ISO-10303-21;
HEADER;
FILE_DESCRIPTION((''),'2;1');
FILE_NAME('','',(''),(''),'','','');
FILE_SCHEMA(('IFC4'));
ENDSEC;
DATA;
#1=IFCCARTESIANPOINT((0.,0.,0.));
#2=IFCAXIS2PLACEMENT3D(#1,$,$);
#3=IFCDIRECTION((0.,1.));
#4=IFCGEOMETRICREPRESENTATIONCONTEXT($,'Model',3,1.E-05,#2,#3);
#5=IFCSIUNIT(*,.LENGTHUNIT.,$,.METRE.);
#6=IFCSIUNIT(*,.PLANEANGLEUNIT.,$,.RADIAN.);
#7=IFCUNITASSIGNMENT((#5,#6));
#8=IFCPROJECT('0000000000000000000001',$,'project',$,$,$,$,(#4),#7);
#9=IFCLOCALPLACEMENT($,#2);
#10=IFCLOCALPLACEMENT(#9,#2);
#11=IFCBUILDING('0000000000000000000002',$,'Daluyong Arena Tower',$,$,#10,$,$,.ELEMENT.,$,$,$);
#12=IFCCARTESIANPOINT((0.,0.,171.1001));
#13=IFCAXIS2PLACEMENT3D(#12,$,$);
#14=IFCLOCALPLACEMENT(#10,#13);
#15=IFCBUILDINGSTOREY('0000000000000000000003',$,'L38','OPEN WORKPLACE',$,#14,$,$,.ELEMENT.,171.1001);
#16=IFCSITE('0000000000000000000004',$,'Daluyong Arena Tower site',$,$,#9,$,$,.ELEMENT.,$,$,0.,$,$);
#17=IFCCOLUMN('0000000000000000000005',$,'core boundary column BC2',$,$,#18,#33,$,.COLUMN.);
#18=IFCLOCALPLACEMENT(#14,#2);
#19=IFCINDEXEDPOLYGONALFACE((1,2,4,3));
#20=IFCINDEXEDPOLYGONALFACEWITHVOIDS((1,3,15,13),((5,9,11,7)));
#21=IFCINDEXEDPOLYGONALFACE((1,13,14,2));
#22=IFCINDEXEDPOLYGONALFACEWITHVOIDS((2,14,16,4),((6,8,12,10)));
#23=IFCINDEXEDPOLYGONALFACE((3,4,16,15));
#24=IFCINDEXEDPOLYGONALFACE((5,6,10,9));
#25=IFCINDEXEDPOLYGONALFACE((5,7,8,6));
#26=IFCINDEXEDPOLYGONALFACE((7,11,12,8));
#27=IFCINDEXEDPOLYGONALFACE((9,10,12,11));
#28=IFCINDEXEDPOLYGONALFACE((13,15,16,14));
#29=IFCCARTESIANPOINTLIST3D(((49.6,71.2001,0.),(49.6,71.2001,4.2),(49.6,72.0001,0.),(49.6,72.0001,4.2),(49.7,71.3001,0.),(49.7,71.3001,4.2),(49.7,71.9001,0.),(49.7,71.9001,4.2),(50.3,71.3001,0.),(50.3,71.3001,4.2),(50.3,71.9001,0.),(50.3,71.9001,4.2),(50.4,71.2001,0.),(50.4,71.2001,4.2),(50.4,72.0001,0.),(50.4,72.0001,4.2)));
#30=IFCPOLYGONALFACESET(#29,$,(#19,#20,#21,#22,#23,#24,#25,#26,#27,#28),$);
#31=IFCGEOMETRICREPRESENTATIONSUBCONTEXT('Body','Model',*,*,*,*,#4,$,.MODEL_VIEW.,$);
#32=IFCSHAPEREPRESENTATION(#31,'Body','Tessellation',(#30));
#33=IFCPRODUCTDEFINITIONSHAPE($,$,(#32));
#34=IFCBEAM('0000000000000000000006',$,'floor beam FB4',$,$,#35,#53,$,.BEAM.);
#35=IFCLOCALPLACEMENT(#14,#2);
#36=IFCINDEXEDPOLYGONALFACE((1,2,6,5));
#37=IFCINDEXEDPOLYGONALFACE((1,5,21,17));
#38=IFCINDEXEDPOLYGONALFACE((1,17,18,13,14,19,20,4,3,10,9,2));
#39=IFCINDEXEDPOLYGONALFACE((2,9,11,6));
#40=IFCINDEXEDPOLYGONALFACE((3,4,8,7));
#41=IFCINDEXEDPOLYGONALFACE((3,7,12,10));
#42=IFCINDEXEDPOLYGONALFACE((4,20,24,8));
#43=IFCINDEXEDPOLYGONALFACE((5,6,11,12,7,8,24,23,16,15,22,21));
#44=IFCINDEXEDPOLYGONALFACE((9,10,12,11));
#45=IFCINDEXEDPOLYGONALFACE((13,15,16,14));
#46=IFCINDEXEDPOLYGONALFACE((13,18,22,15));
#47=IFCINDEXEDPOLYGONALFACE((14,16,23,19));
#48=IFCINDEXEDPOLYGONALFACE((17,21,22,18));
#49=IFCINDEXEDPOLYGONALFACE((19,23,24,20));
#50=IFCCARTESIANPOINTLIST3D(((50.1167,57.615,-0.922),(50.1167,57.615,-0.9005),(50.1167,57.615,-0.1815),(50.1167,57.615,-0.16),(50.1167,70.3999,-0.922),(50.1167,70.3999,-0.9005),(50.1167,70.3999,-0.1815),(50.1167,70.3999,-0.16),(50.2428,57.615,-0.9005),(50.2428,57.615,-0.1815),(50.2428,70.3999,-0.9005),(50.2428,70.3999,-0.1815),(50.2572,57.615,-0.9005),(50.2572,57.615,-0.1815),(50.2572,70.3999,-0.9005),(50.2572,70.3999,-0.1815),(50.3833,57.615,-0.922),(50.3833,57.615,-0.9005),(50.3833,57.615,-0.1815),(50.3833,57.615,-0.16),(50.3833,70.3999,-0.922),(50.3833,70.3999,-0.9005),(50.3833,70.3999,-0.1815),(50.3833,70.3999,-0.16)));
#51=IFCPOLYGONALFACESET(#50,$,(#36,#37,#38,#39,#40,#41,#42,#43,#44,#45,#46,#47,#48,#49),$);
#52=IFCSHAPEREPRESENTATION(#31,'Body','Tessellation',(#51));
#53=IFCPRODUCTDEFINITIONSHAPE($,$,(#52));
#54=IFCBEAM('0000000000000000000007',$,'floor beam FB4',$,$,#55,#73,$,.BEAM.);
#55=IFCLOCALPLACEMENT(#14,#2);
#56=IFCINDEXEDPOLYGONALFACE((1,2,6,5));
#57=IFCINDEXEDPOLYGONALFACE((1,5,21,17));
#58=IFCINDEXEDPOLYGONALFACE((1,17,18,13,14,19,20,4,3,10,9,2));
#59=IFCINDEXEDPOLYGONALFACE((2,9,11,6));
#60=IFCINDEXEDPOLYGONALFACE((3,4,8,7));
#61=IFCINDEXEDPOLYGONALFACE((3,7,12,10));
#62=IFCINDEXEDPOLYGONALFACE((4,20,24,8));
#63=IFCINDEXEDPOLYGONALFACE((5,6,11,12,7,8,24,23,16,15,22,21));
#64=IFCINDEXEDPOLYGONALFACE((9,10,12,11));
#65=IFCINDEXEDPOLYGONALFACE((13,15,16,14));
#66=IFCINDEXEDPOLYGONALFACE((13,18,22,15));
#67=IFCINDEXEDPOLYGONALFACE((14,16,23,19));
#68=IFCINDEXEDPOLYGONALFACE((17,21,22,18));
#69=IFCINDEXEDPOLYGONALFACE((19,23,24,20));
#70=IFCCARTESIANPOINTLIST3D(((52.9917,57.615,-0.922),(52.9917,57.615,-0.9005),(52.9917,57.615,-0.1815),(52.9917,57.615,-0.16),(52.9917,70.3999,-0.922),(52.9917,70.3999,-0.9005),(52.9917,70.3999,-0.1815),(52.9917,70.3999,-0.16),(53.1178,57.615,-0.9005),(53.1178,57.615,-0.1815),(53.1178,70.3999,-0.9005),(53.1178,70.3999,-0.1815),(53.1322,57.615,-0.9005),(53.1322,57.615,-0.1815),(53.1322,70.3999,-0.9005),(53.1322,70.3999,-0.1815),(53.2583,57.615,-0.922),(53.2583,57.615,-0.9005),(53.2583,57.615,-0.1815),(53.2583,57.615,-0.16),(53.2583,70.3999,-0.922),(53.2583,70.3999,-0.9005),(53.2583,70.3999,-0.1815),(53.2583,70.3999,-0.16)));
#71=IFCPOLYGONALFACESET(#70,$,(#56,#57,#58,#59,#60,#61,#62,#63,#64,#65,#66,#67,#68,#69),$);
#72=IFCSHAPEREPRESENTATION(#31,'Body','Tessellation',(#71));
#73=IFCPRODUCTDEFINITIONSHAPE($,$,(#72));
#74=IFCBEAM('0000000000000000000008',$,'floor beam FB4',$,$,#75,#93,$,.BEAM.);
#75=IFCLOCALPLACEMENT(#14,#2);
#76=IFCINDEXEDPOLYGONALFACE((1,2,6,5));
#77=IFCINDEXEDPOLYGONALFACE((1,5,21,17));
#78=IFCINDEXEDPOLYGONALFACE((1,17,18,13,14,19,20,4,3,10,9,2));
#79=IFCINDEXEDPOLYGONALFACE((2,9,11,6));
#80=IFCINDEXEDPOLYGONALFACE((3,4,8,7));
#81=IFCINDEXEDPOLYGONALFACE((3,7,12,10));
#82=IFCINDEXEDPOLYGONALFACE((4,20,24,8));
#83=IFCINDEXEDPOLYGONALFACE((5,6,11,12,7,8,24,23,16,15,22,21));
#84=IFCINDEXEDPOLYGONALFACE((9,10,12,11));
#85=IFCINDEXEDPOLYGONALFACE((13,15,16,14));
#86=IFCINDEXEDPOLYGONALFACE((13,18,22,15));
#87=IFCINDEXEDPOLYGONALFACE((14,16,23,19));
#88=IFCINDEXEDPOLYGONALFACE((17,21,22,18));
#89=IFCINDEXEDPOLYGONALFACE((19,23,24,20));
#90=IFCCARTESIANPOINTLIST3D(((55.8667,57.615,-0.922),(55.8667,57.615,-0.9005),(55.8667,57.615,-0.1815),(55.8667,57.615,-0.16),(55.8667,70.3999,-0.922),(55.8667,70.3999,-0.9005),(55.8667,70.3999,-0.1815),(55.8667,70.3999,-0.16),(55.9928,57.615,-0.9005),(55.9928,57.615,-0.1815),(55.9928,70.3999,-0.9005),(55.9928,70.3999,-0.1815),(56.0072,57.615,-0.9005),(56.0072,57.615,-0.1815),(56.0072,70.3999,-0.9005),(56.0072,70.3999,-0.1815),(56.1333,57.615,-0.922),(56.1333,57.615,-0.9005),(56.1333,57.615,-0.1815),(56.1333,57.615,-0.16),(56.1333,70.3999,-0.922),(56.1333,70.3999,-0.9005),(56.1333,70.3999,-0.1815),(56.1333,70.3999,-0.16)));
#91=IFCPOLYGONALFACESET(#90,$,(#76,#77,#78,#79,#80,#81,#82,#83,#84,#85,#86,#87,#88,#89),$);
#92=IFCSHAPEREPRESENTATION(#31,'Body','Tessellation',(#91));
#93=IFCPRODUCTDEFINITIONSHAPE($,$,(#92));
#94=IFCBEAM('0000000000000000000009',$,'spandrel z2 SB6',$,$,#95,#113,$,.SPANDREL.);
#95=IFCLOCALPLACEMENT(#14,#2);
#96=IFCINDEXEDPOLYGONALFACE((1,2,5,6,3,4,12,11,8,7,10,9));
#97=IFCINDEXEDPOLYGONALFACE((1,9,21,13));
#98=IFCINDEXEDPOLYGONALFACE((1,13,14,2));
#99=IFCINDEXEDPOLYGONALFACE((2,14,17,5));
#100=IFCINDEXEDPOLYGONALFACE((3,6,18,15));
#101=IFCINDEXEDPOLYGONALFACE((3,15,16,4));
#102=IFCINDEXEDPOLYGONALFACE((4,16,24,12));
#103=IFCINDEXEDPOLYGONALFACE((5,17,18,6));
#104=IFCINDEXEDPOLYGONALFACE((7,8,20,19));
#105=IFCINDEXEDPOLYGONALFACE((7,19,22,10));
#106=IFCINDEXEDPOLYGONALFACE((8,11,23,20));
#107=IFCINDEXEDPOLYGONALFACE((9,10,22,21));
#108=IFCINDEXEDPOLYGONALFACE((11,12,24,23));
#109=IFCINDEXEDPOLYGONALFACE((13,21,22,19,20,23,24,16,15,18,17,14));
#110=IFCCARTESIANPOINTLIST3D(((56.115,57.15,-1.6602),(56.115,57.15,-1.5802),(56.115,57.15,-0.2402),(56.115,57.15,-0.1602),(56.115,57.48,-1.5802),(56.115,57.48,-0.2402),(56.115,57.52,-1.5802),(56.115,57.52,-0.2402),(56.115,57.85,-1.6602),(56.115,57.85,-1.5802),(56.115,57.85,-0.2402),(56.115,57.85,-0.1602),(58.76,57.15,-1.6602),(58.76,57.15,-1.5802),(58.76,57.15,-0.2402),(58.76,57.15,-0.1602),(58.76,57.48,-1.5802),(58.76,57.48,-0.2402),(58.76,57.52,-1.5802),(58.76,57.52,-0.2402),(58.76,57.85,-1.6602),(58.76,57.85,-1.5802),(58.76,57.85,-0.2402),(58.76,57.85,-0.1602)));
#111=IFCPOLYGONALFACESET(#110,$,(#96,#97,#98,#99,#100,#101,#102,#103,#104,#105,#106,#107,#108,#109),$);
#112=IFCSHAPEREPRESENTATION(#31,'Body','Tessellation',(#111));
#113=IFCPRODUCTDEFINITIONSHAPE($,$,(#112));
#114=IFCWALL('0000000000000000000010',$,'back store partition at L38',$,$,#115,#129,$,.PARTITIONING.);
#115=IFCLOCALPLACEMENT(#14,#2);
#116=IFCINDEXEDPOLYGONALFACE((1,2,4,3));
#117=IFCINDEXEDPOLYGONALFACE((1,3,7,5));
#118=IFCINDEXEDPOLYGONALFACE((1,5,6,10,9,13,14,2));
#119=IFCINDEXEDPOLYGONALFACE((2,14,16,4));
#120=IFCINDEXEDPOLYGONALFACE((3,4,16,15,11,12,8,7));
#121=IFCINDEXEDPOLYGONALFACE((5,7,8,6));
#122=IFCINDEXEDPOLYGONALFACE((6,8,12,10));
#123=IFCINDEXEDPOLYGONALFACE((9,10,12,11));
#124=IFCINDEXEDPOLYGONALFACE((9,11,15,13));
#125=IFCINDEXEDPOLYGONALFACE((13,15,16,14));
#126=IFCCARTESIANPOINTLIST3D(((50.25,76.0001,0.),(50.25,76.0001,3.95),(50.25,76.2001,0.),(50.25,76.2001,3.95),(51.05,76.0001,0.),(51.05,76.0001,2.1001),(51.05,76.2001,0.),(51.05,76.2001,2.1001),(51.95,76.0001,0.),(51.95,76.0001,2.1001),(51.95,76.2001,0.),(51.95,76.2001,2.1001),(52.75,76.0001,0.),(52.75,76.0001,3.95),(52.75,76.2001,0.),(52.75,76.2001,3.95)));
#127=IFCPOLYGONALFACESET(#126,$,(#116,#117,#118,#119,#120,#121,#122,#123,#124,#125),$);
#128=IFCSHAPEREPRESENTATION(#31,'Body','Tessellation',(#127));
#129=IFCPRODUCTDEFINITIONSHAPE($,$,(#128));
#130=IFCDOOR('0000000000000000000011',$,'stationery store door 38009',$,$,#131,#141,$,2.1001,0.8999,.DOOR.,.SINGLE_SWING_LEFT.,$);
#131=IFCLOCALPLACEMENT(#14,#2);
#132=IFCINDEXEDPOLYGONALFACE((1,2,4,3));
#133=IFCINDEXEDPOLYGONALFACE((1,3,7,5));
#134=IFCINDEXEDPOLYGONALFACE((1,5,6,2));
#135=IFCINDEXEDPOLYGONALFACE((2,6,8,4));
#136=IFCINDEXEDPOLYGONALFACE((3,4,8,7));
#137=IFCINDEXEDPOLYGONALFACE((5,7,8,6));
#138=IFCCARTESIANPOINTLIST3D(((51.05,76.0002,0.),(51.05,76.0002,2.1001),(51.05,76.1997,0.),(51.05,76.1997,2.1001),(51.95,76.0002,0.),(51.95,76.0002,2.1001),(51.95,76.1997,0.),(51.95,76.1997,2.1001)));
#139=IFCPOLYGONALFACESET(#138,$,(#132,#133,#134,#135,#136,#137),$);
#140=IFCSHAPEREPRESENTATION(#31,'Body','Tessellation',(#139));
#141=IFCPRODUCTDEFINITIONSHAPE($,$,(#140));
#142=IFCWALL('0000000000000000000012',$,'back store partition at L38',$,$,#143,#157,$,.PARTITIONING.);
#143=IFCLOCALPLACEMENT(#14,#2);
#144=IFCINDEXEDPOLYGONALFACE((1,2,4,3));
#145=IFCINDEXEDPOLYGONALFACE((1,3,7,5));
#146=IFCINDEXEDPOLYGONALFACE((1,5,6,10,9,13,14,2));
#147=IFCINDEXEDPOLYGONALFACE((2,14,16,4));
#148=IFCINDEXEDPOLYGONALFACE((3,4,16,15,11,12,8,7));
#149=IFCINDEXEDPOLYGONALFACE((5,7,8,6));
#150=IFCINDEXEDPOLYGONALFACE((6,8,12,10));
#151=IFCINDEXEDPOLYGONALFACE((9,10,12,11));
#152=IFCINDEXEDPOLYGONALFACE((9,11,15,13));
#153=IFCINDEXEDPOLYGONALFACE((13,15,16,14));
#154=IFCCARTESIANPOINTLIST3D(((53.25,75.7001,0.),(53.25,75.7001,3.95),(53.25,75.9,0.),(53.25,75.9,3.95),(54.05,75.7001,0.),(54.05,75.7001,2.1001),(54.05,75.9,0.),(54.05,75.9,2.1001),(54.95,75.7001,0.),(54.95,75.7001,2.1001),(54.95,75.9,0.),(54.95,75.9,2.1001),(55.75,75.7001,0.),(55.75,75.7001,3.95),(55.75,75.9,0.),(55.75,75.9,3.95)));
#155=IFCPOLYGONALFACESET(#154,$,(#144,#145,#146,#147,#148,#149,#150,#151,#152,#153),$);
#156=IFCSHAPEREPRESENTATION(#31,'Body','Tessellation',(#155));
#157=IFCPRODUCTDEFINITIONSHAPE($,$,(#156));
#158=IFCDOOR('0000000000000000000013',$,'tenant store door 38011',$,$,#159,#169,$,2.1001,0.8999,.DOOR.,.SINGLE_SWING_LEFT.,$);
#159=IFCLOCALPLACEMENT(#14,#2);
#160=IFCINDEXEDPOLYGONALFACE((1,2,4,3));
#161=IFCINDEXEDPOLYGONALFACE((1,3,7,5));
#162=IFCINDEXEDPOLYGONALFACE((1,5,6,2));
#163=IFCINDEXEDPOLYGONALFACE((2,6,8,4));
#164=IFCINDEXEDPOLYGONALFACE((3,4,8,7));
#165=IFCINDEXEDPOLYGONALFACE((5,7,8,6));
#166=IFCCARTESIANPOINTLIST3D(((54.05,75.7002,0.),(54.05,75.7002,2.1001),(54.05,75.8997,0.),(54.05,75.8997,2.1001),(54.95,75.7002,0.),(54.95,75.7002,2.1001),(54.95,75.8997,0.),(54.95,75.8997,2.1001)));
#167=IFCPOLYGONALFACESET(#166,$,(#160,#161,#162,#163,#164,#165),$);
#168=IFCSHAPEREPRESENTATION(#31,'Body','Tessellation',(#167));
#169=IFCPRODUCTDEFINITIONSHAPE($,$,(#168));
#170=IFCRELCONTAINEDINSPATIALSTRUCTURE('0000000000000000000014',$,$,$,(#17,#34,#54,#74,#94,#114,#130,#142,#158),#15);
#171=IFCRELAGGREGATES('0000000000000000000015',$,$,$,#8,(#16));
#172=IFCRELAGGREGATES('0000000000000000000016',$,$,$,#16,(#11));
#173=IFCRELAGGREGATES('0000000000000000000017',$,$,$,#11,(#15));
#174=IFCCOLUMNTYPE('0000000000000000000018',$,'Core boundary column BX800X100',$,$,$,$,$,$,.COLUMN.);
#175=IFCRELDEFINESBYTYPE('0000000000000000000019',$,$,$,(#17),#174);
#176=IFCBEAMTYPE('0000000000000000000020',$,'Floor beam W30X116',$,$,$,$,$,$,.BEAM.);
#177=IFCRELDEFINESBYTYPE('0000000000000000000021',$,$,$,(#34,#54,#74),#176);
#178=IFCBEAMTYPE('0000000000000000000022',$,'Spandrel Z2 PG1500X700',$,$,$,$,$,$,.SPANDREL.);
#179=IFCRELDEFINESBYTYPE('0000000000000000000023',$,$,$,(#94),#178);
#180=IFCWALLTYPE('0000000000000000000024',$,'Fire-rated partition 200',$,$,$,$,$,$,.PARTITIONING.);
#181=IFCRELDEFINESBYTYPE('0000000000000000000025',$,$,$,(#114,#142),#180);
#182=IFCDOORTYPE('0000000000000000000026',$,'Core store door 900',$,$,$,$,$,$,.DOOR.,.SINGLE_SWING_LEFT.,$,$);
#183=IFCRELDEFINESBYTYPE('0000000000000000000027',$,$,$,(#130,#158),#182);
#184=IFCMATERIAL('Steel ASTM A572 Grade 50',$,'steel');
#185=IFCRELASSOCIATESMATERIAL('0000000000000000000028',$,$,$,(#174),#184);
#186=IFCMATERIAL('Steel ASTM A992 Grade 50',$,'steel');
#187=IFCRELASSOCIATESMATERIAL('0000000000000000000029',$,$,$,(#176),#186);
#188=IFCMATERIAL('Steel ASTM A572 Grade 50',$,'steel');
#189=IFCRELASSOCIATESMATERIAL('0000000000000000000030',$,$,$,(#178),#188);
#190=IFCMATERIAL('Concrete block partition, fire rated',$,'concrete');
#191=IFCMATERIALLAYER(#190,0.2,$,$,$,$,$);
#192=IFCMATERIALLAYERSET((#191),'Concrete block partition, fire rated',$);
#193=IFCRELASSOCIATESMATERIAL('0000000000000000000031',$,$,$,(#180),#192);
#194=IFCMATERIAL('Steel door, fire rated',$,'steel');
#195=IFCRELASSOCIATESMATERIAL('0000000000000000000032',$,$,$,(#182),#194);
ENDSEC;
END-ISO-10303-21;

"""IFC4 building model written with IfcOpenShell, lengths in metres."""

from ifc_helpers import new_model, si_unit, direction, frame, frame_2d, origin, origin_2d, place, context, subcontext, project, spatial, rectangle, hollow_rectangle, i_section, extrude, material, layer, layer_set, material_profile, profile_set, type_object, element, fill, save


model = new_model("IFC4")

# Units and contexts
model_context = context("Model", 3, precision=1e-05, world=origin(), true_north=direction((0.0, 1.0)))
body_context = subcontext(model_context, "Body", "Model", "MODEL_VIEW")
ifc_project = project(units=[si_unit("LENGTHUNIT", "METRE"), si_unit("PLANEANGLEUNIT", "RADIAN")], contexts=[model_context])

# Site, building, storey
site_placement = place(None, origin())
site = spatial("IfcSite", under=ifc_project, at=site_placement, Name="Daluyong Arena Tower site", CompositionType="ELEMENT", RefElevation=0.0)
building_placement = place(site_placement, origin())
building = spatial("IfcBuilding", under=site, at=building_placement, Name="Daluyong Arena Tower", CompositionType="ELEMENT")
storey_placement = place(building_placement, frame((0.0, 0.0, 171.1001)))
storey = spatial("IfcBuildingStorey", under=building, at=storey_placement, Name="L38", Description="OPEN WORKPLACE", CompositionType="ELEMENT", Elevation=171.1001)

# Column
ifc_material_1 = material(Name="Steel ASTM A572 Grade 50", Category="steel")
ifc_material_profile_1 = material_profile(ifc_material_1, hollow_rectangle(XDim=0.8, YDim=0.8, WallThickness=0.1, at=origin_2d()))
ifc_profile_set_1 = profile_set([ifc_material_profile_1], Name="Steel ASTM A572 Grade 50")
column_type = type_object("IfcColumnType", Name="Core boundary column BX800X100", PredefinedType="COLUMN", material=ifc_profile_set_1)
column_placement = place(storey_placement, frame((50.0, 71.6001, 0.0), z_axis=(0.0, 0.0, 1.0), x_axis=(1.0, 0.0, 0.0)))
element("IfcColumn", 1, at=column_placement, inside=storey, type_object=column_type, Name="core boundary column BC2", PredefinedType="COLUMN", context=body_context, shape_type="SweptSolid", body=[
    extrude(hollow_rectangle(XDim=0.8, YDim=0.8, WallThickness=0.1, at=origin_2d()), origin(), (0.0, 0.0, 1.0), 4.2),
])

# Beams
ifc_material_2 = material(Name="Steel ASTM A992 Grade 50", Category="steel")
ifc_material_profile_2 = material_profile(ifc_material_2, i_section(OverallWidth=0.2666, OverallDepth=0.762, WebThickness=0.0144, FlangeThickness=0.0215, at=origin_2d()))
ifc_profile_set_2 = profile_set([ifc_material_profile_2], Name="Steel ASTM A992 Grade 50")
beam_type_1 = type_object("IfcBeamType", Name="Floor beam W30X116", PredefinedType="BEAM", material=ifc_profile_set_2)
for number, where, z_axis, x_axis, name in (
    (2, (50.25, 57.615, -0.541), (0.0, 1.0, 0.0), (-1.0, 0.0, 0.0), "floor beam FB4"),
    (3, (53.125, 57.615, -0.541), (0.0, 1.0, 0.0), (-1.0, 0.0, 0.0), "floor beam FB4"),
    (4, (56.0, 57.615, -0.541), (0.0, 1.0, 0.0), (-1.0, 0.0, 0.0), "floor beam FB4"),
):
    element("IfcBeam", number, at=place(storey_placement, frame(where, z_axis=z_axis, x_axis=x_axis)), inside=storey, type_object=beam_type_1, Name=name, PredefinedType="BEAM", context=body_context, shape_type="SweptSolid", body=[
        extrude(i_section(OverallWidth=0.2666, OverallDepth=0.762, WebThickness=0.0144, FlangeThickness=0.0215, at=origin_2d()), origin(), (0.0, 0.0, 1.0), 12.7849),
    ])
ifc_material_3 = material(Name="Steel ASTM A572 Grade 50", Category="steel")
ifc_material_profile_3 = material_profile(ifc_material_3, i_section(OverallWidth=0.7, OverallDepth=1.5, WebThickness=0.04, FlangeThickness=0.08, at=origin_2d()))
ifc_profile_set_3 = profile_set([ifc_material_profile_3], Name="Steel ASTM A572 Grade 50")
beam_type_2 = type_object("IfcBeamType", Name="Spandrel Z2 PG1500X700", PredefinedType="SPANDREL", material=ifc_profile_set_3)
beam_placement = place(storey_placement, frame((56.115, 57.5, -0.9102), z_axis=(1.0, 0.0, 0.0), x_axis=(0.0, 1.0, 0.0)))
element("IfcBeam", 5, at=beam_placement, inside=storey, type_object=beam_type_2, Name="spandrel z2 SB6", PredefinedType="SPANDREL", context=body_context, shape_type="SweptSolid", body=[
    extrude(i_section(OverallWidth=0.7, OverallDepth=1.5, WebThickness=0.04, FlangeThickness=0.08, at=origin_2d()), origin(), (0.0, 0.0, 1.0), 2.645),
])

# Walls, openings, doors
ifc_material_4 = material(Name="Concrete block partition, fire rated", Category="concrete")
ifc_layer_1 = layer(ifc_material_4, 0.2)
ifc_layer_set_1 = layer_set([ifc_layer_1], Name="Concrete block partition, fire rated")
wall_type_1 = type_object("IfcWallType", Name="Fire-rated partition 200", PredefinedType="PARTITIONING", material=ifc_layer_set_1)
wall_1_placement = place(storey_placement, frame((50.25, 76.1001, 0.0), z_axis=(0.0, 0.0, 1.0), x_axis=(1.0, 0.0, 0.0)))
wall_1 = element("IfcWall", 6, at=wall_1_placement, inside=storey, type_object=wall_type_1, Name="back store partition at L38", PredefinedType="PARTITIONING", context=body_context, shape_type="SweptSolid", body=[
    extrude(rectangle(XDim=2.5, YDim=0.2, at=frame_2d((1.25, 0.0))), origin(), (0.0, 0.0, 1.0), 3.95),
])
opening_1_placement = place(wall_1_placement, frame((0.8, 0.0, 0.0)))
opening_1 = element("IfcOpeningElement", 7, at=opening_1_placement, cuts=wall_1, PredefinedType="OPENING", context=body_context, shape_type="SweptSolid", body=[
    extrude(rectangle(XDim=0.8999, YDim=2.1001, at=frame_2d((0.45, 1.05))), frame((0.0, 0.1099, 0.0), z_axis=(0.0, -1.0, 0.0), x_axis=(1.0, 0.0, 0.0)), (0.0, 0.0, 1.0), 0.22),
])
ifc_material_5 = material(Name="Steel door, fire rated", Category="steel")
door_type_1 = type_object("IfcDoorType", Name="Core store door 900", OperationType="SINGLE_SWING_LEFT", PredefinedType="DOOR", material=ifc_material_5)
door_1_placement = place(opening_1_placement, origin())
door_1 = element("IfcDoor", 8, at=door_1_placement, inside=storey, type_object=door_type_1, Name="stationery store door 38009", OperationType="SINGLE_SWING_LEFT", OverallHeight=2.1001, OverallWidth=0.8999, PredefinedType="DOOR", context=body_context, shape_type="SweptSolid", body=[
    extrude(rectangle(XDim=0.8999, YDim=2.1001, at=frame_2d((0.45, 1.05))), frame((0.0, 0.0996, 0.0), z_axis=(0.0, -1.0, 0.0), x_axis=(1.0, 0.0, 0.0)), (0.0, 0.0, 1.0), 0.1995),
])
fill(opening_1, door_1)
wall_2_placement = place(storey_placement, frame((53.25, 75.8, 0.0), z_axis=(0.0, 0.0, 1.0), x_axis=(1.0, 0.0, 0.0)))
wall_2 = element("IfcWall", 9, at=wall_2_placement, inside=storey, type_object=wall_type_1, Name="back store partition at L38", PredefinedType="PARTITIONING", context=body_context, shape_type="SweptSolid", body=[
    extrude(rectangle(XDim=2.5, YDim=0.2, at=frame_2d((1.25, 0.0))), origin(), (0.0, 0.0, 1.0), 3.95),
])
opening_2_placement = place(wall_2_placement, frame((0.8, 0.0, 0.0)))
opening_2 = element("IfcOpeningElement", 10, at=opening_2_placement, cuts=wall_2, PredefinedType="OPENING", context=body_context, shape_type="SweptSolid", body=[
    extrude(rectangle(XDim=0.8999, YDim=2.1001, at=frame_2d((0.45, 1.05))), frame((0.0, 0.1099, 0.0), z_axis=(0.0, -1.0, 0.0), x_axis=(1.0, 0.0, 0.0)), (0.0, 0.0, 1.0), 0.22),
])
door_2_placement = place(opening_2_placement, origin())
door_2 = element("IfcDoor", 11, at=door_2_placement, inside=storey, type_object=door_type_1, Name="tenant store door 38011", OperationType="SINGLE_SWING_LEFT", OverallHeight=2.1001, OverallWidth=0.8999, PredefinedType="DOOR", context=body_context, shape_type="SweptSolid", body=[
    extrude(rectangle(XDim=0.8999, YDim=2.1001, at=frame_2d((0.45, 1.05))), frame((0.0, 0.0996, 0.0), z_axis=(0.0, -1.0, 0.0), x_axis=(1.0, 0.0, 0.0)), (0.0, 0.0, 1.0), 0.1995),
])
fill(opening_2, door_2)

save(model, "model.ifc")
